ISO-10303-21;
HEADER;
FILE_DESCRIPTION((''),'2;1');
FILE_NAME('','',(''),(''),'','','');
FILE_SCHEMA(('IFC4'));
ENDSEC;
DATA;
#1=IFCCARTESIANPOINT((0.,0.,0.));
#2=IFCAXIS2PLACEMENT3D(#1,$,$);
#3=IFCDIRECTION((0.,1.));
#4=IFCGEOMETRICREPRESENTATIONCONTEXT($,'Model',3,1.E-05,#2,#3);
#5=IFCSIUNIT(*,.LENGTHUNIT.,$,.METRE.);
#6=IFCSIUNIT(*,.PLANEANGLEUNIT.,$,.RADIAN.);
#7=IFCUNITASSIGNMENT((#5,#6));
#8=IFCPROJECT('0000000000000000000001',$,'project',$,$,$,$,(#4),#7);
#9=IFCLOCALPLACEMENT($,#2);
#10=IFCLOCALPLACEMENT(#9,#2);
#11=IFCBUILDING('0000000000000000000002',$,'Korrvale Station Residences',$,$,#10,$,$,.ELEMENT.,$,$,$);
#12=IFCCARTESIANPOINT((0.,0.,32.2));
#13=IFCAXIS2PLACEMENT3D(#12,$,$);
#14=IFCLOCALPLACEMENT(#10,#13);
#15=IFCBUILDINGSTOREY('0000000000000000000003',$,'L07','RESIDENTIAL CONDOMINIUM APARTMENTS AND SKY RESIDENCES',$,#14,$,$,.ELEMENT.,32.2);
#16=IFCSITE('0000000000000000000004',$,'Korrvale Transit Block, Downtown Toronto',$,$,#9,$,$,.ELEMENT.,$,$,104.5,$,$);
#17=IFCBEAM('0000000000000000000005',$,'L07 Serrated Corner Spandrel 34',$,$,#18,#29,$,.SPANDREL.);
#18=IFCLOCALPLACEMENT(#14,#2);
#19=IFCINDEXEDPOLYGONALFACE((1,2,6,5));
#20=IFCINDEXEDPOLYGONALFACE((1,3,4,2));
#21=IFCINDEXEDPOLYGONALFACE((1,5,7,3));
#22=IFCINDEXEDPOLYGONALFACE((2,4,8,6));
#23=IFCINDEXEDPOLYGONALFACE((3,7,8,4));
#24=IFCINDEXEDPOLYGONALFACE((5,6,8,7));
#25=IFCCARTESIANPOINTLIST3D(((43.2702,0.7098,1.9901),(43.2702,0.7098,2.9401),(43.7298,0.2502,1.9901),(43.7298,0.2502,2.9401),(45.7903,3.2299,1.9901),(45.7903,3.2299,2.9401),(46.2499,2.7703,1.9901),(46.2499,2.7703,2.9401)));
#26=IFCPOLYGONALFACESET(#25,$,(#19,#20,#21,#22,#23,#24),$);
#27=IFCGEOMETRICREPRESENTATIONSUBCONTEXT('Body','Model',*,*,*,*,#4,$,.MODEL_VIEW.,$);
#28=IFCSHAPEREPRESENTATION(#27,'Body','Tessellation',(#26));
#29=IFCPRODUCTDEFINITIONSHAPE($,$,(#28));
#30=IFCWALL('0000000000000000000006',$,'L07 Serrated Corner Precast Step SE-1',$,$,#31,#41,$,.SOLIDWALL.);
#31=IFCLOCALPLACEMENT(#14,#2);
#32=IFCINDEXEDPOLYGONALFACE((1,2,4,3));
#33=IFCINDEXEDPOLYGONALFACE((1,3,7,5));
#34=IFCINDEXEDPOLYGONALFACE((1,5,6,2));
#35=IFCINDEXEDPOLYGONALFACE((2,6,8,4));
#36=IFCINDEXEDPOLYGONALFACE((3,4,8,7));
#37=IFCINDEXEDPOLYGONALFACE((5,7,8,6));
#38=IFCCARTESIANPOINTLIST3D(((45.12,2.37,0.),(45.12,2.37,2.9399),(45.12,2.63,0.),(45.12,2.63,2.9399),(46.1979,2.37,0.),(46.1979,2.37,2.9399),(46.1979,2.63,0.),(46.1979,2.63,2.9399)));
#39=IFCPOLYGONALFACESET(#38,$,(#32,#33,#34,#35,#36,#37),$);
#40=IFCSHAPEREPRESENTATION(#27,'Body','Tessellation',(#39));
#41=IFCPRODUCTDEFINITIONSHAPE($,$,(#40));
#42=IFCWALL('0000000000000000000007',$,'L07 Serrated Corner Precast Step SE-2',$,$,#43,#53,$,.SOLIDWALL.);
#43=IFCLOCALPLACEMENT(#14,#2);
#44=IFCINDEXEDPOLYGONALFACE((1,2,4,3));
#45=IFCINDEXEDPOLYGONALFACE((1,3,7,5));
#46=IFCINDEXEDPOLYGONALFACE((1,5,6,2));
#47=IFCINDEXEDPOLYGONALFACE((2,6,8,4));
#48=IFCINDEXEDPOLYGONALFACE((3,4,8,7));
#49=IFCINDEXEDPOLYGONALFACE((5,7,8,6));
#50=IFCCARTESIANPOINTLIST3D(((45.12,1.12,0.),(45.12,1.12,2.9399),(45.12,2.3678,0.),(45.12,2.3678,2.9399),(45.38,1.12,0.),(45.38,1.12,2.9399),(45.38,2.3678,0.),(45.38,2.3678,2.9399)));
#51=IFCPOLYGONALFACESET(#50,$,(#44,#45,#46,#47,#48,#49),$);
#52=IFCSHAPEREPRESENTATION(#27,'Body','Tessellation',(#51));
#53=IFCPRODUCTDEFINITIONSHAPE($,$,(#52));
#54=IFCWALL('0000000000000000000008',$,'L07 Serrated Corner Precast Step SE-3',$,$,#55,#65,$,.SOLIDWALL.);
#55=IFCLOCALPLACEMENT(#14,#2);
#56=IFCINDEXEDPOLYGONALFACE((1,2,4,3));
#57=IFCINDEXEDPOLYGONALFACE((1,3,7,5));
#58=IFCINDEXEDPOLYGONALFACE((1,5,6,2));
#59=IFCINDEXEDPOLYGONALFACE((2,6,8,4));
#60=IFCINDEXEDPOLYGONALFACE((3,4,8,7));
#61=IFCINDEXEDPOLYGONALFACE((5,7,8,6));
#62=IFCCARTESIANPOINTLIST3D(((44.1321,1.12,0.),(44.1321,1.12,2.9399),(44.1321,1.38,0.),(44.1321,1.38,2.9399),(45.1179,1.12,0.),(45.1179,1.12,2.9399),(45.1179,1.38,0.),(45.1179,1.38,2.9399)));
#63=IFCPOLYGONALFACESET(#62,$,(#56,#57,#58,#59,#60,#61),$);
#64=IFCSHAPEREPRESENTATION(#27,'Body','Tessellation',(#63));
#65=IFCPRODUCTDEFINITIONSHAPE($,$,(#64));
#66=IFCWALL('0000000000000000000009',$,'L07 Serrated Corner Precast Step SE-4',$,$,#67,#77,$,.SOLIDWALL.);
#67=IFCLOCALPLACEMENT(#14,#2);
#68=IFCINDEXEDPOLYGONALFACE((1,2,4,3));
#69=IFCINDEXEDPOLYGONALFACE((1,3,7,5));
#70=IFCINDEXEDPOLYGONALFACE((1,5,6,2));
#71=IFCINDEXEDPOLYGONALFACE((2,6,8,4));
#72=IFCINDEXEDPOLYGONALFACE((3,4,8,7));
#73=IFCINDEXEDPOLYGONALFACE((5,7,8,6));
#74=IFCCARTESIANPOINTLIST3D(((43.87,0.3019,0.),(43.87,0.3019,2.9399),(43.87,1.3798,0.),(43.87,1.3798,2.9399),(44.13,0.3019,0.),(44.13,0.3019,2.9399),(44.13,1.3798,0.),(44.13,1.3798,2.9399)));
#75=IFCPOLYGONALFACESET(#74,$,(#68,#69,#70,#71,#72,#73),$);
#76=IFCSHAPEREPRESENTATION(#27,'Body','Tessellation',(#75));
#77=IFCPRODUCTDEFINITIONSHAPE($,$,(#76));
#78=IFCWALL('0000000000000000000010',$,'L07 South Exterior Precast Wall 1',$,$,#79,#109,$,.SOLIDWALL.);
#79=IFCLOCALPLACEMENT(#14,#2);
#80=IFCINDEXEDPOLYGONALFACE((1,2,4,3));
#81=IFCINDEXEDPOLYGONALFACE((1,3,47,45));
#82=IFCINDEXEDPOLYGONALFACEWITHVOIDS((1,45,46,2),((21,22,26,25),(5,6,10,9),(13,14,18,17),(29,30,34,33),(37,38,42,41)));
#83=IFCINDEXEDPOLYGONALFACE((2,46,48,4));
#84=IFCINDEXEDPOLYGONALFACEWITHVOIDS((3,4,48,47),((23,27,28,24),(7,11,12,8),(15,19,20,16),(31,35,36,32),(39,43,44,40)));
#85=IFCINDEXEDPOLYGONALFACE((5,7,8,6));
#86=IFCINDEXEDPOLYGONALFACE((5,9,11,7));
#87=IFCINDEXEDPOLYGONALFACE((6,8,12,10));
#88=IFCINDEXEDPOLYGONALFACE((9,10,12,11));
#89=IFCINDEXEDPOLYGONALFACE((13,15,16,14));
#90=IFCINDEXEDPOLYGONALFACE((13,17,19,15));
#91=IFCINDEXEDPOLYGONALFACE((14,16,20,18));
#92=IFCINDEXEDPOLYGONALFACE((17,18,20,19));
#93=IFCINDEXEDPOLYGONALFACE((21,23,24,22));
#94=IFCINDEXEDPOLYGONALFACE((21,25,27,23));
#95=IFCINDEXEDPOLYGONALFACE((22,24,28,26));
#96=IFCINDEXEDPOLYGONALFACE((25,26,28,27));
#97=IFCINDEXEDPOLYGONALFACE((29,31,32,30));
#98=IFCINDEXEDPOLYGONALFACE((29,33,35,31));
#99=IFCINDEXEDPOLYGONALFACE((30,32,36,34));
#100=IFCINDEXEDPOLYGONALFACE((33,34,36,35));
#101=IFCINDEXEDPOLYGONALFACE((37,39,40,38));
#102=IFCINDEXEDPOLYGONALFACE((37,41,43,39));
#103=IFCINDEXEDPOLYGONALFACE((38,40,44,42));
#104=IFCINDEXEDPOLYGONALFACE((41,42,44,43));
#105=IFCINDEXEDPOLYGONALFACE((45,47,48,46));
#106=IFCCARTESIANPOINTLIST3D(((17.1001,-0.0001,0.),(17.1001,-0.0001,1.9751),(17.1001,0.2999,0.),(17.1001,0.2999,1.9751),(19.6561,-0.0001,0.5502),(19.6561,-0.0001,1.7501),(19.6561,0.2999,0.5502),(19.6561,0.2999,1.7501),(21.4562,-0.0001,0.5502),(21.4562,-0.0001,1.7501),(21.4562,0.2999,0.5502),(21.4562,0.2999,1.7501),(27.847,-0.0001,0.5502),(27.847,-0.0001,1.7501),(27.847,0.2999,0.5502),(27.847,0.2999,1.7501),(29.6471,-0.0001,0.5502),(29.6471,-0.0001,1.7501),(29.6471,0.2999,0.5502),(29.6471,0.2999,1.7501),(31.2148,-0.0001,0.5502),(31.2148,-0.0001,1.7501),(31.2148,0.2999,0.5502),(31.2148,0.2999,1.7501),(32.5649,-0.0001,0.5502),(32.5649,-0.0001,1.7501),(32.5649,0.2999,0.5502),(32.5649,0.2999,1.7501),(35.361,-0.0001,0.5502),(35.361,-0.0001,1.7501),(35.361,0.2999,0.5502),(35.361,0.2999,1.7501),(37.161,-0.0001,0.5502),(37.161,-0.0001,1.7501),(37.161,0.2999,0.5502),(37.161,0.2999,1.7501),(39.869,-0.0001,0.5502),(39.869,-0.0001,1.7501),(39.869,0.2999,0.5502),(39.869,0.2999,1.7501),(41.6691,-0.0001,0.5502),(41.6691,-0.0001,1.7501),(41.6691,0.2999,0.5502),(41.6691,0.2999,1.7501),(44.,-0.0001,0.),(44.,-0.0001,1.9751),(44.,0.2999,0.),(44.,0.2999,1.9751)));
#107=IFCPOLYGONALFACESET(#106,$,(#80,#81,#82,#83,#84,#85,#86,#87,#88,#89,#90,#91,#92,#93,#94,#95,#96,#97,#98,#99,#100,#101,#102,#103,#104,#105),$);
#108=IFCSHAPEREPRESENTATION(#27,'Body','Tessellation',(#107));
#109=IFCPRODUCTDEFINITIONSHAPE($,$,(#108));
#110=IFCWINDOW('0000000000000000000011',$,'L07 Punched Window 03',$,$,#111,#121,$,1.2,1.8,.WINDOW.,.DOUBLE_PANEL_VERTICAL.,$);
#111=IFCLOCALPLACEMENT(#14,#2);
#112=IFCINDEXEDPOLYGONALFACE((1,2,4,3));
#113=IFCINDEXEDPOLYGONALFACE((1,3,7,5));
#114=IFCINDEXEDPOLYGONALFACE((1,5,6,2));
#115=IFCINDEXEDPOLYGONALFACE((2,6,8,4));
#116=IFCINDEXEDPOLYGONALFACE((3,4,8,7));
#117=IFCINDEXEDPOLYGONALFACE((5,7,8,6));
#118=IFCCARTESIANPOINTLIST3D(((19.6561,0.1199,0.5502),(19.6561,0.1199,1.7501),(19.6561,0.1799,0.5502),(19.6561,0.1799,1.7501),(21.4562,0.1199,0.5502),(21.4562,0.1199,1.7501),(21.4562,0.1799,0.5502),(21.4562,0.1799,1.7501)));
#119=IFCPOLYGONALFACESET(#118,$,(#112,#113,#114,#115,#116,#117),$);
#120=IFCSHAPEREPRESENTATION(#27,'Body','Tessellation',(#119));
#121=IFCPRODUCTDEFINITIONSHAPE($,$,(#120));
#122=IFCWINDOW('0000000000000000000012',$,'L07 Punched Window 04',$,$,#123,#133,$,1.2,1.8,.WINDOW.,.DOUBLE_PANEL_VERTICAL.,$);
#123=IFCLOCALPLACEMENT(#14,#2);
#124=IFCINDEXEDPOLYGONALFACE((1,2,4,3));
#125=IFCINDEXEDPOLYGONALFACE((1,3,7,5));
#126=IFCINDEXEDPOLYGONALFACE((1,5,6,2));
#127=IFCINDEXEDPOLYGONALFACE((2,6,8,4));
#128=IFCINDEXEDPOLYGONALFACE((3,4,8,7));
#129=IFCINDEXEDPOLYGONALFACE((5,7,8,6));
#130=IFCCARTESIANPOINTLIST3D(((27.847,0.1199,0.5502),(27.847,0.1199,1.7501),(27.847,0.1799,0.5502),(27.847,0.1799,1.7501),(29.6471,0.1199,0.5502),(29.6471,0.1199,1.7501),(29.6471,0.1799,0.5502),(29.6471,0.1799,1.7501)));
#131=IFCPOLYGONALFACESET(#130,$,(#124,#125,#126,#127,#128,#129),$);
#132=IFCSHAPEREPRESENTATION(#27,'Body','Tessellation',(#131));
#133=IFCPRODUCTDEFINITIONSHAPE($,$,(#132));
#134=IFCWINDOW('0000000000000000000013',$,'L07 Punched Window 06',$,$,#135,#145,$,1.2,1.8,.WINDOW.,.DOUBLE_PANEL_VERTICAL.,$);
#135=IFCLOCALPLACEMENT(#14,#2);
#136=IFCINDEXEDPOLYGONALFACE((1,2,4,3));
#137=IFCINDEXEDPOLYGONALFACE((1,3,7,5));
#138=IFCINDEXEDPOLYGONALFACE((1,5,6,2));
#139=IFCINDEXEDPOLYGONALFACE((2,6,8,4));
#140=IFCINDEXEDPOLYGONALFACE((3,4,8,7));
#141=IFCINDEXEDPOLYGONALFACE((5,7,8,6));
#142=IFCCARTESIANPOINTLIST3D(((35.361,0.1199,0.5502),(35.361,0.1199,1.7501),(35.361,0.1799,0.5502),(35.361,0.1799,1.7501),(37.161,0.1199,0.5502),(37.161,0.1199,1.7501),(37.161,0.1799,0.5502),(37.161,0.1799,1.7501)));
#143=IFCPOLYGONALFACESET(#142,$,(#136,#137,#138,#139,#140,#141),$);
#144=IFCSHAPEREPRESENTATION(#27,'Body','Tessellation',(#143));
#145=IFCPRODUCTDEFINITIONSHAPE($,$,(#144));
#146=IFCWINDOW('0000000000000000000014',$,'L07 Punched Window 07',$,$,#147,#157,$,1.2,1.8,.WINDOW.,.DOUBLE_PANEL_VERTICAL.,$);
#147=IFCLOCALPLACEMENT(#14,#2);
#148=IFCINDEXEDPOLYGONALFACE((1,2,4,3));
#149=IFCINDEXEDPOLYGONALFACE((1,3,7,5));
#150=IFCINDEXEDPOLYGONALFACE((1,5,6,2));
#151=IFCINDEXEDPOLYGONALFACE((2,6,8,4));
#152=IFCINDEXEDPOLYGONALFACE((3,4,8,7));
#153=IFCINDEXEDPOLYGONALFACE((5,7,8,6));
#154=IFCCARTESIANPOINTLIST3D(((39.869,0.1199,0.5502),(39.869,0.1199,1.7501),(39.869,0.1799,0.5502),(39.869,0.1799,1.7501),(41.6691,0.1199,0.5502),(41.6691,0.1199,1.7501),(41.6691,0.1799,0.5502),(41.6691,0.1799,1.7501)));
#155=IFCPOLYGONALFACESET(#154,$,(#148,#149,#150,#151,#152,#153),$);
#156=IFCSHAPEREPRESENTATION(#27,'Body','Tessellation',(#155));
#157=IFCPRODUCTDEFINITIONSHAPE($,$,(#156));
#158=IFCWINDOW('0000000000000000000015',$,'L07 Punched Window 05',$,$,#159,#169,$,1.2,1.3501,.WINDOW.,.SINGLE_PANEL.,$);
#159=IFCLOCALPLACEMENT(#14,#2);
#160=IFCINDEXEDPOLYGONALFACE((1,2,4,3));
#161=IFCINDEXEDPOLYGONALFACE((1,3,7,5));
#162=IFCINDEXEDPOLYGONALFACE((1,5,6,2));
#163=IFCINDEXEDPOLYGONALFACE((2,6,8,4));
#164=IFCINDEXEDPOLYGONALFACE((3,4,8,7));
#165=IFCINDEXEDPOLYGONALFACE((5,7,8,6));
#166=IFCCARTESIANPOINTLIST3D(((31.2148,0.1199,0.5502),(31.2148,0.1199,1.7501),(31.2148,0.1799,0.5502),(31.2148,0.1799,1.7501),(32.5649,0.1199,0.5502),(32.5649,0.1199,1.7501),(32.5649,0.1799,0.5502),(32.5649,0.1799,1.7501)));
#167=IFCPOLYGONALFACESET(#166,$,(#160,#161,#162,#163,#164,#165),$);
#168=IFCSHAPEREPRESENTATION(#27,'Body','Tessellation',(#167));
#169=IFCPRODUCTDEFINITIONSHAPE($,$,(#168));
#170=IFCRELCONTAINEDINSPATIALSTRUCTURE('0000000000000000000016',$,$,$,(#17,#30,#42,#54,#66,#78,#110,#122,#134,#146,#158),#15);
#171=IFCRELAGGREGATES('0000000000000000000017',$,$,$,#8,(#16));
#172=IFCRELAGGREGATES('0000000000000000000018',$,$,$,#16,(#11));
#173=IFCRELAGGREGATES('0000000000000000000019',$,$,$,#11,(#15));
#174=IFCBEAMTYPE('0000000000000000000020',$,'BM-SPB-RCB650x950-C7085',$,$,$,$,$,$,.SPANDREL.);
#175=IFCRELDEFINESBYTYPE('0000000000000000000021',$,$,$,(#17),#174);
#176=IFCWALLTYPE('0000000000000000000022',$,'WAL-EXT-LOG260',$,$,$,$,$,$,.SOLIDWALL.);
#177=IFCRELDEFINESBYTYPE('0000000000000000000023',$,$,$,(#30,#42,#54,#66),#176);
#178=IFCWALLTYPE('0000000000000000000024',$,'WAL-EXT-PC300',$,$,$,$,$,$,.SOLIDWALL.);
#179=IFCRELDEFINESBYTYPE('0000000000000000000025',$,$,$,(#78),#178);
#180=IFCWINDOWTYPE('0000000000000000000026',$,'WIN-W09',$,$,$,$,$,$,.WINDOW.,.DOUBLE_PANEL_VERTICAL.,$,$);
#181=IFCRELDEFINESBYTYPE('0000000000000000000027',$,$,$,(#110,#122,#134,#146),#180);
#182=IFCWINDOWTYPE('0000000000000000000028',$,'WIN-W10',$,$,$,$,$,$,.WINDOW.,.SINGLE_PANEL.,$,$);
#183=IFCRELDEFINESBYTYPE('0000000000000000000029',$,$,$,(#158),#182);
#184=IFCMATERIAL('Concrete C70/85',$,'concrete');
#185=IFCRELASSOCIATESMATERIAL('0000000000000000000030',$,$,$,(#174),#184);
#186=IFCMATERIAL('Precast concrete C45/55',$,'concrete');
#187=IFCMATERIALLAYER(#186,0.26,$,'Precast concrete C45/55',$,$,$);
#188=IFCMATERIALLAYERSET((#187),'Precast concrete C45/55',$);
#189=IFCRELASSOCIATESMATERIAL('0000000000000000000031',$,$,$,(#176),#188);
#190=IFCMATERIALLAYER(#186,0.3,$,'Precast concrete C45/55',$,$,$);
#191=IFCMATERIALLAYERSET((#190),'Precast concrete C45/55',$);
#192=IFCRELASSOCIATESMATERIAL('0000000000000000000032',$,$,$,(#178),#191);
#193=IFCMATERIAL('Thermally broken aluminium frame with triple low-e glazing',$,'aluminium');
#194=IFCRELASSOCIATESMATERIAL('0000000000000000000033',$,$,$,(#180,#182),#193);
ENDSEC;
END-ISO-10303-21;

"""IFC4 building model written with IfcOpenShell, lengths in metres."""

from ifc_helpers import new_model, si_unit, direction, frame, frame_2d, origin, origin_2d, place, context, subcontext, project, spatial, rectangle, extrude, material, layer, layer_set, material_profile, profile_set, type_object, element, fill, save


model = new_model("IFC4")

# Units and contexts
model_context = context("Model", 3, precision=1e-05, world=origin(), true_north=direction((0.0, 1.0)))
body_context = subcontext(model_context, "Body", "Model", "MODEL_VIEW")
ifc_project = project(units=[si_unit("LENGTHUNIT", "METRE"), si_unit("PLANEANGLEUNIT", "RADIAN")], contexts=[model_context])

# Site, building, storey
site_placement = place(None, origin())
site = spatial("IfcSite", under=ifc_project, at=site_placement, Name="Korrvale Transit Block, Downtown Toronto", CompositionType="ELEMENT", RefElevation=104.5)
building_placement = place(site_placement, origin())
building = spatial("IfcBuilding", under=site, at=building_placement, Name="Korrvale Station Residences", CompositionType="ELEMENT")
storey_placement = place(building_placement, frame((0.0, 0.0, 32.2)))
storey = spatial("IfcBuildingStorey", under=building, at=storey_placement, Name="L07", Description="RESIDENTIAL CONDOMINIUM APARTMENTS AND SKY RESIDENCES", CompositionType="ELEMENT", Elevation=32.2)

# Shared definitions
ifc_material_1 = material(Name="Concrete C70/85", Category="concrete")

# Beam
ifc_material_profile_1 = material_profile(ifc_material_1, rectangle(XDim=0.6499, YDim=0.95, at=origin_2d()), Name="RCB650x950")
ifc_profile_set_1 = profile_set([ifc_material_profile_1], Name="Concrete C70/85")
beam_type_1 = type_object("IfcBeamType", Name="BM-SPB-RCB650x950-C7085", PredefinedType="SPANDREL", material=ifc_profile_set_1)
beam_1_placement = place(storey_placement, frame((43.5, 0.48, 2.4651), z_axis=(0.707107, 0.707107, 0.0), x_axis=(-0.707107, 0.707107, 0.0)))
element("IfcBeam", 1, at=beam_1_placement, inside=storey, type_object=beam_type_1, Name="L07 Serrated Corner Spandrel 34", PredefinedType="SPANDREL", context=body_context, shape_type="SweptSolid", body=[
    extrude(rectangle(XDim=0.6499, YDim=0.95, at=origin_2d()), origin(), (0.0, 0.0, 1.0), 3.564),
])

# Walls
ifc_material_2 = material(Name="Precast concrete C45/55", Category="concrete")
ifc_layer_1 = layer(ifc_material_2, 0.26, Name="Precast concrete C45/55")
ifc_layer_set_1 = layer_set([ifc_layer_1], Name="Precast concrete C45/55")
wall_type_1 = type_object("IfcWallType", Name="WAL-EXT-LOG260", PredefinedType="SOLIDWALL", material=ifc_layer_set_1)
wall_1_placement = place(storey_placement, frame((46.198, 2.5, 0.0), z_axis=(0.0, 0.0, 1.0), x_axis=(-1.0, 0.0, 0.0)))
element("IfcWall", 2, at=wall_1_placement, inside=storey, type_object=wall_type_1, Name="L07 Serrated Corner Precast Step SE-1", PredefinedType="SOLIDWALL", context=body_context, shape_type="SweptSolid", body=[
    extrude(rectangle(XDim=1.0779, YDim=0.26, at=frame_2d((0.5391, 0.0))), origin(), (0.0, 0.0, 1.0), 2.9399),
])
wall_2_placement = place(storey_placement, frame((45.25, 2.3679, 0.0), z_axis=(0.0, 0.0, 1.0), x_axis=(0.0, -1.0, 0.0)))
element("IfcWall", 3, at=wall_2_placement, inside=storey, type_object=wall_type_1, Name="L07 Serrated Corner Precast Step SE-2", PredefinedType="SOLIDWALL", context=body_context, shape_type="SweptSolid", body=[
    extrude(rectangle(XDim=1.2478, YDim=0.26, at=frame_2d((0.624, 0.0))), origin(), (0.0, 0.0, 1.0), 2.9399),
])
wall_3_placement = place(storey_placement, frame((45.1179, 1.25, 0.0), z_axis=(0.0, 0.0, 1.0), x_axis=(-1.0, 0.0, 0.0)))
element("IfcWall", 4, at=wall_3_placement, inside=storey, type_object=wall_type_1, Name="L07 Serrated Corner Precast Step SE-3", PredefinedType="SOLIDWALL", context=body_context, shape_type="SweptSolid", body=[
    extrude(rectangle(XDim=0.9858, YDim=0.26, at=frame_2d((0.4929, 0.0))), origin(), (0.0, 0.0, 1.0), 2.9399),
])
wall_4_placement = place(storey_placement, frame((44.0, 1.3799, 0.0), z_axis=(0.0, 0.0, 1.0), x_axis=(0.0, -1.0, 0.0)))
element("IfcWall", 5, at=wall_4_placement, inside=storey, type_object=wall_type_1, Name="L07 Serrated Corner Precast Step SE-4", PredefinedType="SOLIDWALL", context=body_context, shape_type="SweptSolid", body=[
    extrude(rectangle(XDim=1.0779, YDim=0.26, at=frame_2d((0.5391, 0.0))), origin(), (0.0, 0.0, 1.0), 2.9399),
])

# Wall, openings, windows
ifc_layer_2 = layer(ifc_material_2, 0.3, Name="Precast concrete C45/55")
ifc_layer_set_2 = layer_set([ifc_layer_2], Name="Precast concrete C45/55")
wall_type_2 = type_object("IfcWallType", Name="WAL-EXT-PC300", PredefinedType="SOLIDWALL", material=ifc_layer_set_2)
wall_5_placement = place(storey_placement, frame((44.0, 0.1499, 0.0), z_axis=(0.0, 0.0, 1.0), x_axis=(-1.0, 0.0, 0.0)))
wall_5 = element("IfcWall", 6, at=wall_5_placement, inside=storey, type_object=wall_type_2, Name="L07 South Exterior Precast Wall 1", PredefinedType="SOLIDWALL", context=body_context, shape_type="SweptSolid", body=[
    extrude(rectangle(XDim=26.8999, YDim=0.3, at=frame_2d((13.45, 0.0))), origin(), (0.0, 0.0, 1.0), 1.9751),
])
opening_1_placement = place(wall_5_placement, frame((22.5439, 0.0, 0.55)))
opening_1 = element("IfcOpeningElement", 7, at=opening_1_placement, cuts=wall_5, PredefinedType="OPENING", context=body_context, shape_type="SweptSolid", body=[
    extrude(rectangle(XDim=1.8, YDim=1.2, at=frame_2d((0.8999, 0.6001))), frame((0.0, 0.1602, 0.0), z_axis=(0.0, -1.0, 0.0), x_axis=(1.0, 0.0, 0.0)), (0.0, 0.0, 1.0), 0.3201),
])
opening_2_placement = place(wall_5_placement, frame((14.353, 0.0, 0.55)))
opening_2 = element("IfcOpeningElement", 8, at=opening_2_placement, cuts=wall_5, PredefinedType="OPENING", context=body_context, shape_type="SweptSolid", body=[
    extrude(rectangle(XDim=1.8, YDim=1.2, at=frame_2d((0.8999, 0.6001))), frame((0.0, 0.1602, 0.0), z_axis=(0.0, -1.0, 0.0), x_axis=(1.0, 0.0, 0.0)), (0.0, 0.0, 1.0), 0.3201),
])
opening_3_placement = place(wall_5_placement, frame((11.4351, 0.0, 0.55)))
opening_3 = element("IfcOpeningElement", 9, at=opening_3_placement, cuts=wall_5, PredefinedType="OPENING", context=body_context, shape_type="SweptSolid", body=[
    extrude(rectangle(XDim=1.3501, YDim=1.2, at=frame_2d((0.675, 0.6001))), frame((0.0, 0.1602, 0.0), z_axis=(0.0, -1.0, 0.0), x_axis=(1.0, 0.0, 0.0)), (0.0, 0.0, 1.0), 0.3201),
])
opening_4_placement = place(wall_5_placement, frame((6.8391, 0.0, 0.55)))
opening_4 = element("IfcOpeningElement", 10, at=opening_4_placement, cuts=wall_5, PredefinedType="OPENING", context=body_context, shape_type="SweptSolid", body=[
    extrude(rectangle(XDim=1.8, YDim=1.2, at=frame_2d((0.8999, 0.6001))), frame((0.0, 0.1602, 0.0), z_axis=(0.0, -1.0, 0.0), x_axis=(1.0, 0.0, 0.0)), (0.0, 0.0, 1.0), 0.3201),
])
opening_5_placement = place(wall_5_placement, frame((2.3311, 0.0, 0.55)))
opening_5 = element("IfcOpeningElement", 11, at=opening_5_placement, cuts=wall_5, PredefinedType="OPENING", context=body_context, shape_type="SweptSolid", body=[
    extrude(rectangle(XDim=1.8, YDim=1.2, at=frame_2d((0.8999, 0.6001))), frame((0.0, 0.1602, 0.0), z_axis=(0.0, -1.0, 0.0), x_axis=(1.0, 0.0, 0.0)), (0.0, 0.0, 1.0), 0.3201),
])
ifc_material_3 = material(Name="Thermally broken aluminium frame with triple low-e glazing", Category="aluminium")
window_type_1 = type_object("IfcWindowType", Name="WIN-W09", PartitioningType="DOUBLE_PANEL_VERTICAL", PredefinedType="WINDOW", material=ifc_material_3)
window_1_placement = place(opening_1_placement, origin())
window_1 = element("IfcWindow", 12, at=window_1_placement, inside=storey, type_object=window_type_1, Name="L07 Punched Window 03", OverallHeight=1.2, OverallWidth=1.8, PartitioningType="DOUBLE_PANEL_VERTICAL", PredefinedType="WINDOW", context=body_context, shape_type="SweptSolid", body=[
    extrude(rectangle(XDim=1.8, YDim=1.2, at=frame_2d((0.8999, 0.6001))), frame((0.0, 0.03, 0.0), z_axis=(0.0, -1.0, 0.0), x_axis=(1.0, 0.0, 0.0)), (0.0, 0.0, 1.0), 0.0601),
])
fill(opening_1, window_1)
window_2_placement = place(opening_2_placement, origin())
window_2 = element("IfcWindow", 13, at=window_2_placement, inside=storey, type_object=window_type_1, Name="L07 Punched Window 04", OverallHeight=1.2, OverallWidth=1.8, PartitioningType="DOUBLE_PANEL_VERTICAL", PredefinedType="WINDOW", context=body_context, shape_type="SweptSolid", body=[
    extrude(rectangle(XDim=1.8, YDim=1.2, at=frame_2d((0.8999, 0.6001))), frame((0.0, 0.03, 0.0), z_axis=(0.0, -1.0, 0.0), x_axis=(1.0, 0.0, 0.0)), (0.0, 0.0, 1.0), 0.0601),
])
fill(opening_2, window_2)
window_3_placement = place(opening_4_placement, origin())
window_3 = element("IfcWindow", 14, at=window_3_placement, inside=storey, type_object=window_type_1, Name="L07 Punched Window 06", OverallHeight=1.2, OverallWidth=1.8, PartitioningType="DOUBLE_PANEL_VERTICAL", PredefinedType="WINDOW", context=body_context, shape_type="SweptSolid", body=[
    extrude(rectangle(XDim=1.8, YDim=1.2, at=frame_2d((0.8999, 0.6001))), frame((0.0, 0.03, 0.0), z_axis=(0.0, -1.0, 0.0), x_axis=(1.0, 0.0, 0.0)), (0.0, 0.0, 1.0), 0.0601),
])
fill(opening_4, window_3)
window_4_placement = place(opening_5_placement, origin())
window_4 = element("IfcWindow", 15, at=window_4_placement, inside=storey, type_object=window_type_1, Name="L07 Punched Window 07", OverallHeight=1.2, OverallWidth=1.8, PartitioningType="DOUBLE_PANEL_VERTICAL", PredefinedType="WINDOW", context=body_context, shape_type="SweptSolid", body=[
    extrude(rectangle(XDim=1.8, YDim=1.2, at=frame_2d((0.8999, 0.6001))), frame((0.0, 0.03, 0.0), z_axis=(0.0, -1.0, 0.0), x_axis=(1.0, 0.0, 0.0)), (0.0, 0.0, 1.0), 0.0601),
])
fill(opening_5, window_4)
window_type_2 = type_object("IfcWindowType", Name="WIN-W10", PartitioningType="SINGLE_PANEL", PredefinedType="WINDOW", material=ifc_material_3)
window_5_placement = place(opening_3_placement, origin())
window_5 = element("IfcWindow", 16, at=window_5_placement, inside=storey, type_object=window_type_2, Name="L07 Punched Window 05", OverallHeight=1.2, OverallWidth=1.3501, PartitioningType="SINGLE_PANEL", PredefinedType="WINDOW", context=body_context, shape_type="SweptSolid", body=[
    extrude(rectangle(XDim=1.3501, YDim=1.2, at=frame_2d((0.675, 0.6001))), frame((0.0, 0.03, 0.0), z_axis=(0.0, -1.0, 0.0), x_axis=(1.0, 0.0, 0.0)), (0.0, 0.0, 1.0), 0.0601),
])
fill(opening_3, window_5)

save(model, "model.ifc")
